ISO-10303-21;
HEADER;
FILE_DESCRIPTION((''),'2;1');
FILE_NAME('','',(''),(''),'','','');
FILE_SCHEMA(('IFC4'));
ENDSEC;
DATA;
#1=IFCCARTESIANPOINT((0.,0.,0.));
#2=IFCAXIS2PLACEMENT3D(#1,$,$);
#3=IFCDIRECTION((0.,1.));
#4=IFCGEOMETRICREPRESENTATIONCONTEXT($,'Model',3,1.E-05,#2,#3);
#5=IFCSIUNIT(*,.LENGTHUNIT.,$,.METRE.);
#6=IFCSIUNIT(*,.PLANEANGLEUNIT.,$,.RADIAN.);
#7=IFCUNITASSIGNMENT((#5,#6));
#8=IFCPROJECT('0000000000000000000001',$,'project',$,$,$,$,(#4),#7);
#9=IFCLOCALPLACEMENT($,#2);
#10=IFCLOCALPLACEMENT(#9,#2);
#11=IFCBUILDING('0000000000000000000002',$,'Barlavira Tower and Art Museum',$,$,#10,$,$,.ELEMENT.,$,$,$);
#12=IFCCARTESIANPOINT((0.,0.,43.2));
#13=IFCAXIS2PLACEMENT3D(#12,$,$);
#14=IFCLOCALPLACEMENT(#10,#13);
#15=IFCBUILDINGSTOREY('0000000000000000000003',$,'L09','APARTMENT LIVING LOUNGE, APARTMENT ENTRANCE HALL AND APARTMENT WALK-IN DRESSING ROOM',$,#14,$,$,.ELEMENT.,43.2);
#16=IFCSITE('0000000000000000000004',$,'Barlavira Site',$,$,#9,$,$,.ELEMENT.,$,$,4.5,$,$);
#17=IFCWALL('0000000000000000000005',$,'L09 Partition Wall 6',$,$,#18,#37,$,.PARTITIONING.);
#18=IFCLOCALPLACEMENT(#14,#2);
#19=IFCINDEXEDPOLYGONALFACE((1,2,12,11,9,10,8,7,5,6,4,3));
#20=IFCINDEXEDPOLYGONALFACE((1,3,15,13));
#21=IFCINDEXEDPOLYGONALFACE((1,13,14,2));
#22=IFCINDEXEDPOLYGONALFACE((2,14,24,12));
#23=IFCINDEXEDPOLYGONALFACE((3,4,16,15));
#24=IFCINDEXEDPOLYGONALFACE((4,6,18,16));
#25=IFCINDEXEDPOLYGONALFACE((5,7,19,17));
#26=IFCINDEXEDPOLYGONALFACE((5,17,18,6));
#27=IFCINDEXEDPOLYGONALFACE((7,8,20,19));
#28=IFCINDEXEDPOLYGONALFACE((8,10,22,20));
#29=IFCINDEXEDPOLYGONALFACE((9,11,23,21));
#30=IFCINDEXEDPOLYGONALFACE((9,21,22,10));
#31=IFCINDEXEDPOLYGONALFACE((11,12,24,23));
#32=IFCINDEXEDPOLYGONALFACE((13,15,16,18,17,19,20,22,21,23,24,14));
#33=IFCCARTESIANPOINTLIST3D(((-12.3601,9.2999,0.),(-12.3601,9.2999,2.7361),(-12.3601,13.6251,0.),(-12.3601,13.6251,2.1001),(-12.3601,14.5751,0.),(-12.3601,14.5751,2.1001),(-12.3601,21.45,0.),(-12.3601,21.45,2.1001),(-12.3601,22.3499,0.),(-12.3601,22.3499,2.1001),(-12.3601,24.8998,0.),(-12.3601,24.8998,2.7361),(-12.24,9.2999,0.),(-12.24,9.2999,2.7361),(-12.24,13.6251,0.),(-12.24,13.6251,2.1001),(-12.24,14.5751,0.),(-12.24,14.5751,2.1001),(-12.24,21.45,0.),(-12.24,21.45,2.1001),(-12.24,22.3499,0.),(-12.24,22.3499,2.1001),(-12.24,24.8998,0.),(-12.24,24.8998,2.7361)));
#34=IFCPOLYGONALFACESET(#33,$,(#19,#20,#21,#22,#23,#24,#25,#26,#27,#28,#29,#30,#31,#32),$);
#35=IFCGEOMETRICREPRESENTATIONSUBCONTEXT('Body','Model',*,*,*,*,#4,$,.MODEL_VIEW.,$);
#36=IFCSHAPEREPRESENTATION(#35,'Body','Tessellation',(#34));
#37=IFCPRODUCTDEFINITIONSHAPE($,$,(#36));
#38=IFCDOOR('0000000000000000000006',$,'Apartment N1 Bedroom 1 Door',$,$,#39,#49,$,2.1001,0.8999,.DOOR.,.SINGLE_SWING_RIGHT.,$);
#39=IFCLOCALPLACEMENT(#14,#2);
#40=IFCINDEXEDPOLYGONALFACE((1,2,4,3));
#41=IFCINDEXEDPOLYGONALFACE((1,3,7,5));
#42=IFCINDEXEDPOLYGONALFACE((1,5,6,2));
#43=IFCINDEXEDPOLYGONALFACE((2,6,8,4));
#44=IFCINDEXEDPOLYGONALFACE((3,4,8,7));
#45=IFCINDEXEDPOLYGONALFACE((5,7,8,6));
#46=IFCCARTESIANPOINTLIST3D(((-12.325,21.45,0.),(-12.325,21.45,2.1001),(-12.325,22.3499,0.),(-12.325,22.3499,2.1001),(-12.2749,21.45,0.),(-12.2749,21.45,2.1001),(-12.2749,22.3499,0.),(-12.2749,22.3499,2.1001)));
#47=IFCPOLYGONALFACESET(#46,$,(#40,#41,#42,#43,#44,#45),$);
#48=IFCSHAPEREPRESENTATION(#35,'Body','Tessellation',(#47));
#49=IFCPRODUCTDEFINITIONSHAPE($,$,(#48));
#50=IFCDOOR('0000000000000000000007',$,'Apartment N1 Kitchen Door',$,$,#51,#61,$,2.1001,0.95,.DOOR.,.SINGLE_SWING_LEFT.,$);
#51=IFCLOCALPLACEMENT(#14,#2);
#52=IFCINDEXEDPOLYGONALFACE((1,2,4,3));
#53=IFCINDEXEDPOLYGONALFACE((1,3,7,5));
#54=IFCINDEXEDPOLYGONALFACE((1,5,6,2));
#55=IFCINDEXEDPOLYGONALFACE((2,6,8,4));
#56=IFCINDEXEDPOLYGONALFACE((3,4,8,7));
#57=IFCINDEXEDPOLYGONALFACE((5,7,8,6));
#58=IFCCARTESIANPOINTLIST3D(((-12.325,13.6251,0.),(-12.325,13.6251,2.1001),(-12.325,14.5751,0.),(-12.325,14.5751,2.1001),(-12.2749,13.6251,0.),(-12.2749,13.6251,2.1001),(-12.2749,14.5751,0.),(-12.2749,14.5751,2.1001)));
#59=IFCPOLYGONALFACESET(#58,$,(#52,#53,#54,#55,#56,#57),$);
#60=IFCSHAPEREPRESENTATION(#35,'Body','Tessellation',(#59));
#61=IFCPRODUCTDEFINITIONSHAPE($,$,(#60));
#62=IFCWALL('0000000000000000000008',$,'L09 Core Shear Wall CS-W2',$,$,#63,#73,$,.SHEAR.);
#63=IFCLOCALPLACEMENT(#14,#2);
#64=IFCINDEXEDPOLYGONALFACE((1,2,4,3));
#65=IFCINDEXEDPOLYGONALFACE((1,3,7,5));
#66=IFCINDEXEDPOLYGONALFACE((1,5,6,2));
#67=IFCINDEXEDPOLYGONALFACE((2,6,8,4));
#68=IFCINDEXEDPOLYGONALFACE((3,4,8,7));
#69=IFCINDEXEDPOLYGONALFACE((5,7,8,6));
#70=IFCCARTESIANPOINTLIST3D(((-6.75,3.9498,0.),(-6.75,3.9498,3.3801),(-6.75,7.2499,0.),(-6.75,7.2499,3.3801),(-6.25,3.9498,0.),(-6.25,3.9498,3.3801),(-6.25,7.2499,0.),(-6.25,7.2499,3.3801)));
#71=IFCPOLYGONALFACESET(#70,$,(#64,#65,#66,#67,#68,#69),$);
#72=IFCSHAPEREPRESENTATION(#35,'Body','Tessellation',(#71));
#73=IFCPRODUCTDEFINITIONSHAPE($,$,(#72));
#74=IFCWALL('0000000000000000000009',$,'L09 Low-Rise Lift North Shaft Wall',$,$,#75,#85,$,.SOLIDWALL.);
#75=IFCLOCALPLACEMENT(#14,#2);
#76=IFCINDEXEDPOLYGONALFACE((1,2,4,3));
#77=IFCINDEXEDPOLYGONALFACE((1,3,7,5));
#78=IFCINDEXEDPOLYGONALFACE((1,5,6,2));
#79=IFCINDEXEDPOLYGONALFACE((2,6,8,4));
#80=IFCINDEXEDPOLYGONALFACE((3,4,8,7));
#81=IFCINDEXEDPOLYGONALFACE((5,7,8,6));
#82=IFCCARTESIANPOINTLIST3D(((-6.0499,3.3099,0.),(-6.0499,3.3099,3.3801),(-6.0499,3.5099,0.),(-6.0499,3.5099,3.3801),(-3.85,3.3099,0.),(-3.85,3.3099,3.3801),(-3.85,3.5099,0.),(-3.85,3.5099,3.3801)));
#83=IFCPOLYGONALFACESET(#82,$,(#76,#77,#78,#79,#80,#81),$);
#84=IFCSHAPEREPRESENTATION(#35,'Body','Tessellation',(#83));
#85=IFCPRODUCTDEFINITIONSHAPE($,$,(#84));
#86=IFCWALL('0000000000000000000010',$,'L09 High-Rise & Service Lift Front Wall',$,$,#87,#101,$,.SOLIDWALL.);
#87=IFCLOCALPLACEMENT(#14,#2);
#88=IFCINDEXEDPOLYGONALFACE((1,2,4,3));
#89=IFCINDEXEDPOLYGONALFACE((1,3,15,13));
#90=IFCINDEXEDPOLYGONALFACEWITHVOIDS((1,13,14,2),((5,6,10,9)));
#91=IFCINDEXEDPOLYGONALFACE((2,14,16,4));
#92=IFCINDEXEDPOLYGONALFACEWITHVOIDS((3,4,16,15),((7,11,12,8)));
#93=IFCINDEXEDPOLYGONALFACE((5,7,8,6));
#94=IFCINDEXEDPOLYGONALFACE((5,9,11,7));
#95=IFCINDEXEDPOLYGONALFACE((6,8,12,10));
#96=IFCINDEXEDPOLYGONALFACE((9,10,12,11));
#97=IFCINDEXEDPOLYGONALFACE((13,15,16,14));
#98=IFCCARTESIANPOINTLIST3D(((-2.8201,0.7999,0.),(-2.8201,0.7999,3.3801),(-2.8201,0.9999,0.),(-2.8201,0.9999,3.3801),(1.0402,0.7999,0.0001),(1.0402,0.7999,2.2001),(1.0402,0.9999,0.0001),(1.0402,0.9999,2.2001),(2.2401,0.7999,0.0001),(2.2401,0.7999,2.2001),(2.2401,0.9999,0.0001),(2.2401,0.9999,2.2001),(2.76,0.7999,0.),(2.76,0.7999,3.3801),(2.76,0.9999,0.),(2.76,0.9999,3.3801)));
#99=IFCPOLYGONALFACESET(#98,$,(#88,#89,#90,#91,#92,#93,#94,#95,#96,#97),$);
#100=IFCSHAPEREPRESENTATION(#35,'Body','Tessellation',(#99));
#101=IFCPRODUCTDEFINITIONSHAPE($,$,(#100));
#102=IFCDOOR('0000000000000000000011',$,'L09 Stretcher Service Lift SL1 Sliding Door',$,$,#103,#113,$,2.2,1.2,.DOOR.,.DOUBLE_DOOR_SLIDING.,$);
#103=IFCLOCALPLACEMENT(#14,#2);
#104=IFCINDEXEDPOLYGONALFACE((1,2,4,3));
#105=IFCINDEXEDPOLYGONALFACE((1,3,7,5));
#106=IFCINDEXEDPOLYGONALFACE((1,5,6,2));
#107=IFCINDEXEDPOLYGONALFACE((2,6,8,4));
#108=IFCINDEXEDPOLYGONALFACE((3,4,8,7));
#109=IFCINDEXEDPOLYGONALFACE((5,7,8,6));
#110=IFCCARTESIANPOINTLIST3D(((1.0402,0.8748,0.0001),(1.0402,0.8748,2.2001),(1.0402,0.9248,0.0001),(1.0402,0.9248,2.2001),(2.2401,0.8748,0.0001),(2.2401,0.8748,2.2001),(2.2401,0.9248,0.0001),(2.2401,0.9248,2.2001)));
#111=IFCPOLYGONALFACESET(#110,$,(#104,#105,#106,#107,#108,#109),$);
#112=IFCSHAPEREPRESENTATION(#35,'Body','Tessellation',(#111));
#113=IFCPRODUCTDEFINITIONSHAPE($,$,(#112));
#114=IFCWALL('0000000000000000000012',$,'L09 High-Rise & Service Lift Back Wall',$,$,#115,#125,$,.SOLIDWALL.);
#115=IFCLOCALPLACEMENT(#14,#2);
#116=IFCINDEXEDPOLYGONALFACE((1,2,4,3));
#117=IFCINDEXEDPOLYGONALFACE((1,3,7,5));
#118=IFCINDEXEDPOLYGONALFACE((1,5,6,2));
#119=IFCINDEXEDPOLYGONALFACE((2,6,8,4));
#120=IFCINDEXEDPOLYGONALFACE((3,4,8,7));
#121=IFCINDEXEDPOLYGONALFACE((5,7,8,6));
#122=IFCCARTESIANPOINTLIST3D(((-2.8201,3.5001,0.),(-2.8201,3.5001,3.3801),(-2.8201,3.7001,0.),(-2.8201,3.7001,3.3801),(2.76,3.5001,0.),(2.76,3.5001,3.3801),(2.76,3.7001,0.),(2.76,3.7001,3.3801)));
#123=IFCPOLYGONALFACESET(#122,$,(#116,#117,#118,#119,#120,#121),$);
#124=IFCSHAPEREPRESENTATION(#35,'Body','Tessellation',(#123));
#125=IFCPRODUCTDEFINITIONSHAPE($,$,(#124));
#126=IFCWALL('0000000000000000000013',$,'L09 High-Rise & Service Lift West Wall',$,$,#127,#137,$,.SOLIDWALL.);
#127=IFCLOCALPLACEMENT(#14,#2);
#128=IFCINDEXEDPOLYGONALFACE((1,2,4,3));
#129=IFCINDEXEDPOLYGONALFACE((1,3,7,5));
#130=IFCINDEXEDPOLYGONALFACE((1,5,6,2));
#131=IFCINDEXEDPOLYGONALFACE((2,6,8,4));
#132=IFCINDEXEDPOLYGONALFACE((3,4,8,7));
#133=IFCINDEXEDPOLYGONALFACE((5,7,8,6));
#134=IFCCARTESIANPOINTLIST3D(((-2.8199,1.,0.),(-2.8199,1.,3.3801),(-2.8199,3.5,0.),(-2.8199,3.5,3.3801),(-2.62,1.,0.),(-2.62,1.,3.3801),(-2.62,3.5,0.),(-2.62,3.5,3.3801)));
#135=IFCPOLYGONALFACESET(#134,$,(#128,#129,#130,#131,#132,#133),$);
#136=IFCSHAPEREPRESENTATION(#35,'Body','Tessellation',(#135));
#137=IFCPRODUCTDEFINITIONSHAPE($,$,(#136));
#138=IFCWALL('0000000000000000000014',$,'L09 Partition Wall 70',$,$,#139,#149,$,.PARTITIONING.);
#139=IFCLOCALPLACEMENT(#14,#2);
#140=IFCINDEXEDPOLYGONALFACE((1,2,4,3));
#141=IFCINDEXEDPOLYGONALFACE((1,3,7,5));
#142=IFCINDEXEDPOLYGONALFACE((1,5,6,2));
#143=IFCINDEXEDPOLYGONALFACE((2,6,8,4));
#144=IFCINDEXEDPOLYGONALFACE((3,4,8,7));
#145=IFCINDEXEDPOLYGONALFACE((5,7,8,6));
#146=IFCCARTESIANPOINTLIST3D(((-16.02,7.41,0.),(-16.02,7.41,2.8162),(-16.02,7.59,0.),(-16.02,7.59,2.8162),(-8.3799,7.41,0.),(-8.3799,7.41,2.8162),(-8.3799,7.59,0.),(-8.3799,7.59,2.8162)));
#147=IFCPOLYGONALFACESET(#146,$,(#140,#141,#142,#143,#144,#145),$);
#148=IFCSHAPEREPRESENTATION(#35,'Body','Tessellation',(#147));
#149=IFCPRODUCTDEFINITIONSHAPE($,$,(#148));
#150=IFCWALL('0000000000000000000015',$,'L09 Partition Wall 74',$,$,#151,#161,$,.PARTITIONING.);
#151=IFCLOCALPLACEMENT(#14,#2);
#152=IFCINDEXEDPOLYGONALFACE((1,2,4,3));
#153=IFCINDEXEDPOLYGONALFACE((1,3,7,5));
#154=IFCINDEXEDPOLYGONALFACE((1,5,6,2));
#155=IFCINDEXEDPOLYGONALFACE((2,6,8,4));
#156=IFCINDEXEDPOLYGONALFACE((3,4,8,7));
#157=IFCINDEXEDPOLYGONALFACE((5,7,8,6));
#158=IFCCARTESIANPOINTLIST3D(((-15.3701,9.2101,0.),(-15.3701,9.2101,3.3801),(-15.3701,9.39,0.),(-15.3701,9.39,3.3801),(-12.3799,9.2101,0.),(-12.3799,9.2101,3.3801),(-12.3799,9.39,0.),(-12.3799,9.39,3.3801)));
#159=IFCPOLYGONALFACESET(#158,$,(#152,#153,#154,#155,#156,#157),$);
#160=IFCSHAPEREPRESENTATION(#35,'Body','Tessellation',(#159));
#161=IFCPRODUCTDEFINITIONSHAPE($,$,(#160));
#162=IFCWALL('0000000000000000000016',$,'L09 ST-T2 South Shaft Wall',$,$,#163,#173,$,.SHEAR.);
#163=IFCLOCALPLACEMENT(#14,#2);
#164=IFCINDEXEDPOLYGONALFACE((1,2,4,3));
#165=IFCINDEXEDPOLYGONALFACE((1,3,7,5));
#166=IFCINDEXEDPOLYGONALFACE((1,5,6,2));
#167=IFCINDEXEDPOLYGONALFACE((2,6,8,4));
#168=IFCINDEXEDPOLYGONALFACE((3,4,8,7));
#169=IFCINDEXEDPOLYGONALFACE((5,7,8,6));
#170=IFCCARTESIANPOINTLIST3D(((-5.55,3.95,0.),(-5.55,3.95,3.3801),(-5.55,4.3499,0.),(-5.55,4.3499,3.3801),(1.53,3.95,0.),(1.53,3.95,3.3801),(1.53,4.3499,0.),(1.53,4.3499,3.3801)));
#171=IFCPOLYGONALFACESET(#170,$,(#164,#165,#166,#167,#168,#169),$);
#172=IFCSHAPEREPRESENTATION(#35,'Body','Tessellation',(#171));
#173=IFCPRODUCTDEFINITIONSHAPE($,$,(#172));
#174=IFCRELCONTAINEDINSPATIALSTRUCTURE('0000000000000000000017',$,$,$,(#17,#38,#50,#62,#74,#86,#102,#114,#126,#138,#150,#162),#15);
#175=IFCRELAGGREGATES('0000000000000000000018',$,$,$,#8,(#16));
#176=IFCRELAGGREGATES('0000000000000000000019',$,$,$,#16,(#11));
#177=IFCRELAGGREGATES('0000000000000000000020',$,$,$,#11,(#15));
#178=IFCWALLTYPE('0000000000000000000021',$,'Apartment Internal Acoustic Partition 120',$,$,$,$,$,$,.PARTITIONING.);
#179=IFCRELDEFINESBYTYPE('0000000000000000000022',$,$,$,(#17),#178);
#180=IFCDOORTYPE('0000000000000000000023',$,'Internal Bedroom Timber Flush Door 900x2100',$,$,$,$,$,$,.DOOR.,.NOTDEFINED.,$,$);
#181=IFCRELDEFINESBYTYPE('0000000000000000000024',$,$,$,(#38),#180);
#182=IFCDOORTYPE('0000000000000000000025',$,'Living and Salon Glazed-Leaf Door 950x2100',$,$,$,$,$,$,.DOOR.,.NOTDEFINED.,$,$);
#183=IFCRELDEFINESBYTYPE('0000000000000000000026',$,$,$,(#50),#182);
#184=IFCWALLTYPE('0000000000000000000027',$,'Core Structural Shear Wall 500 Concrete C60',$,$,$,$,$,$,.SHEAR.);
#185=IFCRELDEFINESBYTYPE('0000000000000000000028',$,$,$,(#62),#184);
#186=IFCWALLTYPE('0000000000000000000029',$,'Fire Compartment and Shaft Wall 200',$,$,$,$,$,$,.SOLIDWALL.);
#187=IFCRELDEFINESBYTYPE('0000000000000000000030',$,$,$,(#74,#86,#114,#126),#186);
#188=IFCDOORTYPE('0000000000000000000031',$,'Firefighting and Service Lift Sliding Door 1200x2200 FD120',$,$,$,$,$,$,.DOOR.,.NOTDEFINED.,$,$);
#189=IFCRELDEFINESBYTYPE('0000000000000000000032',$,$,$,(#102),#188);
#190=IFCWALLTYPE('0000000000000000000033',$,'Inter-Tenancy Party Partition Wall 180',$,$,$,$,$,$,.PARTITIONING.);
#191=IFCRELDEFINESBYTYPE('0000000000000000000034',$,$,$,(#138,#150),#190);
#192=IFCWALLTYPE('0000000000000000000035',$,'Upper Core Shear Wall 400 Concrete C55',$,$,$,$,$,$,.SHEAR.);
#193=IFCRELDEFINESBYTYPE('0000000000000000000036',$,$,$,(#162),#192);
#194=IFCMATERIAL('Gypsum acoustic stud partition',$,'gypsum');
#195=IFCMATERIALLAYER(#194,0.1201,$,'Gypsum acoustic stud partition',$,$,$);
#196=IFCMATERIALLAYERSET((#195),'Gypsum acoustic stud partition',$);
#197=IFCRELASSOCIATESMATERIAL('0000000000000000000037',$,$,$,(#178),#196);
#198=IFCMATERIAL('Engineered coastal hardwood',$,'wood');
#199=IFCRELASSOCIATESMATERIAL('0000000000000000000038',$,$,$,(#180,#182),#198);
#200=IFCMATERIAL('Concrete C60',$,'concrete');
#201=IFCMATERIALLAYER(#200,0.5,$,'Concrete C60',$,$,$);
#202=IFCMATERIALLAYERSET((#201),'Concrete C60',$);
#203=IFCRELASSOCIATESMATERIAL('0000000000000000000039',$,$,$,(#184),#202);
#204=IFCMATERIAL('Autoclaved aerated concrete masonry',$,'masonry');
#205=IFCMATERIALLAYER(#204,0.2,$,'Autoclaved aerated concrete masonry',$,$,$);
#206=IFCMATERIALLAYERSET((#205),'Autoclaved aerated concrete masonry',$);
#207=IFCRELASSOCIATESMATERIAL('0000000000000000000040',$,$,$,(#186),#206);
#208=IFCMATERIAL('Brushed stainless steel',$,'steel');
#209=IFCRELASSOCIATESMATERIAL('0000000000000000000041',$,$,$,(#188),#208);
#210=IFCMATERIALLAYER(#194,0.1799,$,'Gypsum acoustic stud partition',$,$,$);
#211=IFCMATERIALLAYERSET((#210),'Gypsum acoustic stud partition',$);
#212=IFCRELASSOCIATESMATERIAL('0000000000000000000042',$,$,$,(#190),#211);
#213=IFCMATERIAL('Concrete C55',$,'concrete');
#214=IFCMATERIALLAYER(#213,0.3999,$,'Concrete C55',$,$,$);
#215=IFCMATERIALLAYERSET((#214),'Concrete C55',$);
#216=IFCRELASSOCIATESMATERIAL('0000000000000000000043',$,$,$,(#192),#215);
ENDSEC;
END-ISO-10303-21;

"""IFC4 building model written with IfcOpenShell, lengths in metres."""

from ifc_helpers import new_model, si_unit, direction, frame, frame_2d, origin, place, context, subcontext, project, spatial, rectangle, extrude, material, layer, layer_set, type_object, element, fill, save


model = new_model("IFC4")

# Units and contexts
model_context = context("Model", 3, precision=1e-05, world=origin(), true_north=direction((0.0, 1.0)))
body_context = subcontext(model_context, "Body", "Model", "MODEL_VIEW")
ifc_project = project(units=[si_unit("LENGTHUNIT", "METRE"), si_unit("PLANEANGLEUNIT", "RADIAN")], contexts=[model_context])

# Site, building, storey
site_placement = place(None, origin())
site = spatial("IfcSite", under=ifc_project, at=site_placement, Name="Barlavira Site", CompositionType="ELEMENT", RefElevation=4.5)
building_placement = place(site_placement, origin())
building = spatial("IfcBuilding", under=site, at=building_placement, Name="Barlavira Tower and Art Museum", CompositionType="ELEMENT")
storey_placement = place(building_placement, frame((0.0, 0.0, 43.2)))
storey = spatial("IfcBuildingStorey", under=building, at=storey_placement, Name="L09", Description="APARTMENT LIVING LOUNGE, APARTMENT ENTRANCE HALL AND APARTMENT WALK-IN DRESSING ROOM", CompositionType="ELEMENT", Elevation=43.2)

# Wall, openings, doors
ifc_material_1 = material(Name="Gypsum acoustic stud partition", Category="gypsum")
ifc_layer_1 = layer(ifc_material_1, 0.1201, Name="Gypsum acoustic stud partition")
ifc_layer_set_1 = layer_set([ifc_layer_1], Name="Gypsum acoustic stud partition")
wall_type_1 = type_object("IfcWallType", Name="Apartment Internal Acoustic Partition 120", PredefinedType="PARTITIONING", material=ifc_layer_set_1)
ifc_material_2 = material(Name="Engineered coastal hardwood", Category="wood")
door_type_1 = type_object("IfcDoorType", Name="Internal Bedroom Timber Flush Door 900x2100", OperationType="NOTDEFINED", PredefinedType="DOOR", material=ifc_material_2)
wall_1_placement = place(storey_placement, frame((-12.3, 9.3, 0.0), z_axis=(0.0, 0.0, 1.0), x_axis=(0.0, 1.0, 0.0)))
wall_1 = element("IfcWall", 1, at=wall_1_placement, inside=storey, type_object=wall_type_1, Name="L09 Partition Wall 6", PredefinedType="PARTITIONING", context=body_context, shape_type="SweptSolid", body=[
    extrude(rectangle(XDim=15.5999, YDim=0.1201, at=frame_2d((7.7998, 0.0))), origin(), (0.0, 0.0, 1.0), 2.7361),
])
opening_1_placement = place(wall_1_placement, frame((4.325, 0.0, 0.0)))
opening_1 = element("IfcOpeningElement", 2, at=opening_1_placement, cuts=wall_1, PredefinedType="OPENING", context=body_context, shape_type="SweptSolid", body=[
    extrude(rectangle(XDim=0.95, YDim=2.1001, at=frame_2d((0.4751, 1.05))), frame((0.0, 0.0701, 0.0), z_axis=(0.0, -1.0, 0.0), x_axis=(1.0, 0.0, 0.0)), (0.0, 0.0, 1.0), 0.1401),
])
opening_2_placement = place(wall_1_placement, frame((12.1499, 0.0, 0.0)))
opening_2 = element("IfcOpeningElement", 3, at=opening_2_placement, cuts=wall_1, PredefinedType="OPENING", context=body_context, shape_type="SweptSolid", body=[
    extrude(rectangle(XDim=0.8999, YDim=2.1001, at=frame_2d((0.45, 1.05))), frame((0.0, 0.0701, 0.0), z_axis=(0.0, -1.0, 0.0), x_axis=(1.0, 0.0, 0.0)), (0.0, 0.0, 1.0), 0.1401),
])
door_1_placement = place(opening_2_placement, origin())
door_1 = element("IfcDoor", 4, at=door_1_placement, inside=storey, type_object=door_type_1, Name="Apartment N1 Bedroom 1 Door", OperationType="SINGLE_SWING_RIGHT", OverallHeight=2.1001, OverallWidth=0.8999, PredefinedType="DOOR", context=body_context, shape_type="SweptSolid", body=[
    extrude(rectangle(XDim=0.8999, YDim=2.1001, at=frame_2d((0.45, 1.05))), frame((0.0, 0.0249, 0.0), z_axis=(0.0, -1.0, 0.0), x_axis=(1.0, 0.0, 0.0)), (0.0, 0.0, 1.0), 0.05),
])
fill(opening_2, door_1)
door_type_2 = type_object("IfcDoorType", Name="Living and Salon Glazed-Leaf Door 950x2100", OperationType="NOTDEFINED", PredefinedType="DOOR", material=ifc_material_2)
door_2_placement = place(opening_1_placement, origin())
door_2 = element("IfcDoor", 5, at=door_2_placement, inside=storey, type_object=door_type_2, Name="Apartment N1 Kitchen Door", OperationType="SINGLE_SWING_LEFT", OverallHeight=2.1001, OverallWidth=0.95, PredefinedType="DOOR", context=body_context, shape_type="SweptSolid", body=[
    extrude(rectangle(XDim=0.95, YDim=2.1001, at=frame_2d((0.4751, 1.05))), frame((0.0, 0.0249, 0.0), z_axis=(0.0, -1.0, 0.0), x_axis=(1.0, 0.0, 0.0)), (0.0, 0.0, 1.0), 0.05),
])
fill(opening_1, door_2)

# Shared definitions
ifc_material_3 = material(Name="Concrete C60", Category="concrete")
ifc_layer_2 = layer(ifc_material_3, 0.5, Name="Concrete C60")
ifc_layer_set_2 = layer_set([ifc_layer_2], Name="Concrete C60")
wall_type_2 = type_object("IfcWallType", Name="Core Structural Shear Wall 500 Concrete C60", PredefinedType="SHEAR", material=ifc_layer_set_2)
ifc_material_4 = material(Name="Brushed stainless steel", Category="steel")

# Walls
wall_2_placement = place(storey_placement, frame((-6.5, 3.95, 0.0), z_axis=(0.0, 0.0, 1.0), x_axis=(0.0, 1.0, 0.0)))
element("IfcWall", 6, at=wall_2_placement, inside=storey, type_object=wall_type_2, Name="L09 Core Shear Wall CS-W2", PredefinedType="SHEAR", context=body_context, shape_type="SweptSolid", body=[
    extrude(rectangle(XDim=3.3, YDim=0.5, at=frame_2d((1.6499, 0.0))), origin(), (0.0, 0.0, 1.0), 3.3801),
])
ifc_material_5 = material(Name="Autoclaved aerated concrete masonry", Category="masonry")
ifc_layer_3 = layer(ifc_material_5, 0.2, Name="Autoclaved aerated concrete masonry")
ifc_layer_set_3 = layer_set([ifc_layer_3], Name="Autoclaved aerated concrete masonry")
wall_type_3 = type_object("IfcWallType", Name="Fire Compartment and Shaft Wall 200", PredefinedType="SOLIDWALL", material=ifc_layer_set_3)
wall_3_placement = place(storey_placement, frame((-6.05, 3.4099, 0.0), z_axis=(0.0, 0.0, 1.0), x_axis=(1.0, 0.0, 0.0)))
element("IfcWall", 7, at=wall_3_placement, inside=storey, type_object=wall_type_3, Name="L09 Low-Rise Lift North Shaft Wall", PredefinedType="SOLIDWALL", context=body_context, shape_type="SweptSolid", body=[
    extrude(rectangle(XDim=2.2, YDim=0.2, at=frame_2d((1.1001, 0.0))), origin(), (0.0, 0.0, 1.0), 3.3801),
])

# Wall, opening, door
wall_4_placement = place(storey_placement, frame((-2.8201, 0.8999, 0.0), z_axis=(0.0, 0.0, 1.0), x_axis=(1.0, 0.0, 0.0)))
wall_4 = element("IfcWall", 8, at=wall_4_placement, inside=storey, type_object=wall_type_3, Name="L09 High-Rise & Service Lift Front Wall", PredefinedType="SOLIDWALL", context=body_context, shape_type="SweptSolid", body=[
    extrude(rectangle(XDim=5.5801, YDim=0.2, at=frame_2d((2.79, 0.0))), origin(), (0.0, 0.0, 1.0), 3.3801),
])
opening_3_placement = place(wall_4_placement, frame((3.8601, 0.0, 0.0)))
opening_3 = element("IfcOpeningElement", 9, at=opening_3_placement, cuts=wall_4, PredefinedType="OPENING", context=body_context, shape_type="SweptSolid", body=[
    extrude(rectangle(XDim=1.2, YDim=2.2, at=frame_2d((0.6001, 1.1001))), frame((0.0, 0.1099, 0.0), z_axis=(0.0, -1.0, 0.0), x_axis=(1.0, 0.0, 0.0)), (0.0, 0.0, 1.0), 0.22),
])
door_type_3 = type_object("IfcDoorType", Name="Firefighting and Service Lift Sliding Door 1200x2200 FD120", OperationType="NOTDEFINED", PredefinedType="DOOR", material=ifc_material_4)
door_3_placement = place(opening_3_placement, origin())
door_3 = element("IfcDoor", 10, at=door_3_placement, inside=storey, type_object=door_type_3, Name="L09 Stretcher Service Lift SL1 Sliding Door", OperationType="DOUBLE_DOOR_SLIDING", OverallHeight=2.2, OverallWidth=1.2, PredefinedType="DOOR", context=body_context, shape_type="SweptSolid", body=[
    extrude(rectangle(XDim=1.2, YDim=2.2, at=frame_2d((0.6001, 1.1001))), frame((0.0, 0.0249, 0.0), z_axis=(0.0, -1.0, 0.0), x_axis=(1.0, 0.0, 0.0)), (0.0, 0.0, 1.0), 0.05),
])
fill(opening_3, door_3)

# Walls
wall_5_placement = place(storey_placement, frame((-2.8201, 3.6001, 0.0), z_axis=(0.0, 0.0, 1.0), x_axis=(1.0, 0.0, 0.0)))
element("IfcWall", 11, at=wall_5_placement, inside=storey, type_object=wall_type_3, Name="L09 High-Rise & Service Lift Back Wall", PredefinedType="SOLIDWALL", context=body_context, shape_type="SweptSolid", body=[
    extrude(rectangle(XDim=5.5801, YDim=0.2, at=frame_2d((2.79, 0.0))), origin(), (0.0, 0.0, 1.0), 3.3801),
])
wall_6_placement = place(storey_placement, frame((-2.72, 1.0, 0.0), z_axis=(0.0, 0.0, 1.0), x_axis=(0.0, 1.0, 0.0)))
element("IfcWall", 12, at=wall_6_placement, inside=storey, type_object=wall_type_3, Name="L09 High-Rise & Service Lift West Wall", PredefinedType="SOLIDWALL", context=body_context, shape_type="SweptSolid", body=[
    extrude(rectangle(XDim=2.5, YDim=0.2, at=frame_2d((1.25, 0.0))), origin(), (0.0, 0.0, 1.0), 3.3801),
])
ifc_layer_4 = layer(ifc_material_1, 0.1799, Name="Gypsum acoustic stud partition")
ifc_layer_set_4 = layer_set([ifc_layer_4], Name="Gypsum acoustic stud partition")
wall_type_4 = type_object("IfcWallType", Name="Inter-Tenancy Party Partition Wall 180", PredefinedType="PARTITIONING", material=ifc_layer_set_4)
wall_7_placement = place(storey_placement, frame((-16.02, 7.5, 0.0), z_axis=(0.0, 0.0, 1.0), x_axis=(1.0, 0.0, 0.0)))
element("IfcWall", 13, at=wall_7_placement, inside=storey, type_object=wall_type_4, Name="L09 Partition Wall 70", PredefinedType="PARTITIONING", context=body_context, shape_type="SweptSolid", body=[
    extrude(rectangle(XDim=7.6401, YDim=0.1799, at=frame_2d((3.8201, 0.0))), origin(), (0.0, 0.0, 1.0), 2.8162),
])
wall_8_placement = place(storey_placement, frame((-15.3701, 9.3, 0.0), z_axis=(0.0, 0.0, 1.0), x_axis=(1.0, 0.0, 0.0)))
element("IfcWall", 14, at=wall_8_placement, inside=storey, type_object=wall_type_4, Name="L09 Partition Wall 74", PredefinedType="PARTITIONING", context=body_context, shape_type="SweptSolid", body=[
    extrude(rectangle(XDim=2.9902, YDim=0.1799, at=frame_2d((1.4951, 0.0))), origin(), (0.0, 0.0, 1.0), 3.3801),
])
ifc_material_6 = material(Name="Concrete C55", Category="concrete")
ifc_layer_5 = layer(ifc_material_6, 0.3999, Name="Concrete C55")
ifc_layer_set_5 = layer_set([ifc_layer_5], Name="Concrete C55")
wall_type_5 = type_object("IfcWallType", Name="Upper Core Shear Wall 400 Concrete C55", PredefinedType="SHEAR", material=ifc_layer_set_5)
wall_9_placement = place(storey_placement, frame((-5.55, 4.1499, 0.0), z_axis=(0.0, 0.0, 1.0), x_axis=(1.0, 0.0, 0.0)))
element("IfcWall", 15, at=wall_9_placement, inside=storey, type_object=wall_type_5, Name="L09 ST-T2 South Shaft Wall", PredefinedType="SHEAR", context=body_context, shape_type="SweptSolid", body=[
    extrude(rectangle(XDim=7.0801, YDim=0.3999, at=frame_2d((3.54, 0.0))), origin(), (0.0, 0.0, 1.0), 3.3801),
])

save(model, "model.ifc")
